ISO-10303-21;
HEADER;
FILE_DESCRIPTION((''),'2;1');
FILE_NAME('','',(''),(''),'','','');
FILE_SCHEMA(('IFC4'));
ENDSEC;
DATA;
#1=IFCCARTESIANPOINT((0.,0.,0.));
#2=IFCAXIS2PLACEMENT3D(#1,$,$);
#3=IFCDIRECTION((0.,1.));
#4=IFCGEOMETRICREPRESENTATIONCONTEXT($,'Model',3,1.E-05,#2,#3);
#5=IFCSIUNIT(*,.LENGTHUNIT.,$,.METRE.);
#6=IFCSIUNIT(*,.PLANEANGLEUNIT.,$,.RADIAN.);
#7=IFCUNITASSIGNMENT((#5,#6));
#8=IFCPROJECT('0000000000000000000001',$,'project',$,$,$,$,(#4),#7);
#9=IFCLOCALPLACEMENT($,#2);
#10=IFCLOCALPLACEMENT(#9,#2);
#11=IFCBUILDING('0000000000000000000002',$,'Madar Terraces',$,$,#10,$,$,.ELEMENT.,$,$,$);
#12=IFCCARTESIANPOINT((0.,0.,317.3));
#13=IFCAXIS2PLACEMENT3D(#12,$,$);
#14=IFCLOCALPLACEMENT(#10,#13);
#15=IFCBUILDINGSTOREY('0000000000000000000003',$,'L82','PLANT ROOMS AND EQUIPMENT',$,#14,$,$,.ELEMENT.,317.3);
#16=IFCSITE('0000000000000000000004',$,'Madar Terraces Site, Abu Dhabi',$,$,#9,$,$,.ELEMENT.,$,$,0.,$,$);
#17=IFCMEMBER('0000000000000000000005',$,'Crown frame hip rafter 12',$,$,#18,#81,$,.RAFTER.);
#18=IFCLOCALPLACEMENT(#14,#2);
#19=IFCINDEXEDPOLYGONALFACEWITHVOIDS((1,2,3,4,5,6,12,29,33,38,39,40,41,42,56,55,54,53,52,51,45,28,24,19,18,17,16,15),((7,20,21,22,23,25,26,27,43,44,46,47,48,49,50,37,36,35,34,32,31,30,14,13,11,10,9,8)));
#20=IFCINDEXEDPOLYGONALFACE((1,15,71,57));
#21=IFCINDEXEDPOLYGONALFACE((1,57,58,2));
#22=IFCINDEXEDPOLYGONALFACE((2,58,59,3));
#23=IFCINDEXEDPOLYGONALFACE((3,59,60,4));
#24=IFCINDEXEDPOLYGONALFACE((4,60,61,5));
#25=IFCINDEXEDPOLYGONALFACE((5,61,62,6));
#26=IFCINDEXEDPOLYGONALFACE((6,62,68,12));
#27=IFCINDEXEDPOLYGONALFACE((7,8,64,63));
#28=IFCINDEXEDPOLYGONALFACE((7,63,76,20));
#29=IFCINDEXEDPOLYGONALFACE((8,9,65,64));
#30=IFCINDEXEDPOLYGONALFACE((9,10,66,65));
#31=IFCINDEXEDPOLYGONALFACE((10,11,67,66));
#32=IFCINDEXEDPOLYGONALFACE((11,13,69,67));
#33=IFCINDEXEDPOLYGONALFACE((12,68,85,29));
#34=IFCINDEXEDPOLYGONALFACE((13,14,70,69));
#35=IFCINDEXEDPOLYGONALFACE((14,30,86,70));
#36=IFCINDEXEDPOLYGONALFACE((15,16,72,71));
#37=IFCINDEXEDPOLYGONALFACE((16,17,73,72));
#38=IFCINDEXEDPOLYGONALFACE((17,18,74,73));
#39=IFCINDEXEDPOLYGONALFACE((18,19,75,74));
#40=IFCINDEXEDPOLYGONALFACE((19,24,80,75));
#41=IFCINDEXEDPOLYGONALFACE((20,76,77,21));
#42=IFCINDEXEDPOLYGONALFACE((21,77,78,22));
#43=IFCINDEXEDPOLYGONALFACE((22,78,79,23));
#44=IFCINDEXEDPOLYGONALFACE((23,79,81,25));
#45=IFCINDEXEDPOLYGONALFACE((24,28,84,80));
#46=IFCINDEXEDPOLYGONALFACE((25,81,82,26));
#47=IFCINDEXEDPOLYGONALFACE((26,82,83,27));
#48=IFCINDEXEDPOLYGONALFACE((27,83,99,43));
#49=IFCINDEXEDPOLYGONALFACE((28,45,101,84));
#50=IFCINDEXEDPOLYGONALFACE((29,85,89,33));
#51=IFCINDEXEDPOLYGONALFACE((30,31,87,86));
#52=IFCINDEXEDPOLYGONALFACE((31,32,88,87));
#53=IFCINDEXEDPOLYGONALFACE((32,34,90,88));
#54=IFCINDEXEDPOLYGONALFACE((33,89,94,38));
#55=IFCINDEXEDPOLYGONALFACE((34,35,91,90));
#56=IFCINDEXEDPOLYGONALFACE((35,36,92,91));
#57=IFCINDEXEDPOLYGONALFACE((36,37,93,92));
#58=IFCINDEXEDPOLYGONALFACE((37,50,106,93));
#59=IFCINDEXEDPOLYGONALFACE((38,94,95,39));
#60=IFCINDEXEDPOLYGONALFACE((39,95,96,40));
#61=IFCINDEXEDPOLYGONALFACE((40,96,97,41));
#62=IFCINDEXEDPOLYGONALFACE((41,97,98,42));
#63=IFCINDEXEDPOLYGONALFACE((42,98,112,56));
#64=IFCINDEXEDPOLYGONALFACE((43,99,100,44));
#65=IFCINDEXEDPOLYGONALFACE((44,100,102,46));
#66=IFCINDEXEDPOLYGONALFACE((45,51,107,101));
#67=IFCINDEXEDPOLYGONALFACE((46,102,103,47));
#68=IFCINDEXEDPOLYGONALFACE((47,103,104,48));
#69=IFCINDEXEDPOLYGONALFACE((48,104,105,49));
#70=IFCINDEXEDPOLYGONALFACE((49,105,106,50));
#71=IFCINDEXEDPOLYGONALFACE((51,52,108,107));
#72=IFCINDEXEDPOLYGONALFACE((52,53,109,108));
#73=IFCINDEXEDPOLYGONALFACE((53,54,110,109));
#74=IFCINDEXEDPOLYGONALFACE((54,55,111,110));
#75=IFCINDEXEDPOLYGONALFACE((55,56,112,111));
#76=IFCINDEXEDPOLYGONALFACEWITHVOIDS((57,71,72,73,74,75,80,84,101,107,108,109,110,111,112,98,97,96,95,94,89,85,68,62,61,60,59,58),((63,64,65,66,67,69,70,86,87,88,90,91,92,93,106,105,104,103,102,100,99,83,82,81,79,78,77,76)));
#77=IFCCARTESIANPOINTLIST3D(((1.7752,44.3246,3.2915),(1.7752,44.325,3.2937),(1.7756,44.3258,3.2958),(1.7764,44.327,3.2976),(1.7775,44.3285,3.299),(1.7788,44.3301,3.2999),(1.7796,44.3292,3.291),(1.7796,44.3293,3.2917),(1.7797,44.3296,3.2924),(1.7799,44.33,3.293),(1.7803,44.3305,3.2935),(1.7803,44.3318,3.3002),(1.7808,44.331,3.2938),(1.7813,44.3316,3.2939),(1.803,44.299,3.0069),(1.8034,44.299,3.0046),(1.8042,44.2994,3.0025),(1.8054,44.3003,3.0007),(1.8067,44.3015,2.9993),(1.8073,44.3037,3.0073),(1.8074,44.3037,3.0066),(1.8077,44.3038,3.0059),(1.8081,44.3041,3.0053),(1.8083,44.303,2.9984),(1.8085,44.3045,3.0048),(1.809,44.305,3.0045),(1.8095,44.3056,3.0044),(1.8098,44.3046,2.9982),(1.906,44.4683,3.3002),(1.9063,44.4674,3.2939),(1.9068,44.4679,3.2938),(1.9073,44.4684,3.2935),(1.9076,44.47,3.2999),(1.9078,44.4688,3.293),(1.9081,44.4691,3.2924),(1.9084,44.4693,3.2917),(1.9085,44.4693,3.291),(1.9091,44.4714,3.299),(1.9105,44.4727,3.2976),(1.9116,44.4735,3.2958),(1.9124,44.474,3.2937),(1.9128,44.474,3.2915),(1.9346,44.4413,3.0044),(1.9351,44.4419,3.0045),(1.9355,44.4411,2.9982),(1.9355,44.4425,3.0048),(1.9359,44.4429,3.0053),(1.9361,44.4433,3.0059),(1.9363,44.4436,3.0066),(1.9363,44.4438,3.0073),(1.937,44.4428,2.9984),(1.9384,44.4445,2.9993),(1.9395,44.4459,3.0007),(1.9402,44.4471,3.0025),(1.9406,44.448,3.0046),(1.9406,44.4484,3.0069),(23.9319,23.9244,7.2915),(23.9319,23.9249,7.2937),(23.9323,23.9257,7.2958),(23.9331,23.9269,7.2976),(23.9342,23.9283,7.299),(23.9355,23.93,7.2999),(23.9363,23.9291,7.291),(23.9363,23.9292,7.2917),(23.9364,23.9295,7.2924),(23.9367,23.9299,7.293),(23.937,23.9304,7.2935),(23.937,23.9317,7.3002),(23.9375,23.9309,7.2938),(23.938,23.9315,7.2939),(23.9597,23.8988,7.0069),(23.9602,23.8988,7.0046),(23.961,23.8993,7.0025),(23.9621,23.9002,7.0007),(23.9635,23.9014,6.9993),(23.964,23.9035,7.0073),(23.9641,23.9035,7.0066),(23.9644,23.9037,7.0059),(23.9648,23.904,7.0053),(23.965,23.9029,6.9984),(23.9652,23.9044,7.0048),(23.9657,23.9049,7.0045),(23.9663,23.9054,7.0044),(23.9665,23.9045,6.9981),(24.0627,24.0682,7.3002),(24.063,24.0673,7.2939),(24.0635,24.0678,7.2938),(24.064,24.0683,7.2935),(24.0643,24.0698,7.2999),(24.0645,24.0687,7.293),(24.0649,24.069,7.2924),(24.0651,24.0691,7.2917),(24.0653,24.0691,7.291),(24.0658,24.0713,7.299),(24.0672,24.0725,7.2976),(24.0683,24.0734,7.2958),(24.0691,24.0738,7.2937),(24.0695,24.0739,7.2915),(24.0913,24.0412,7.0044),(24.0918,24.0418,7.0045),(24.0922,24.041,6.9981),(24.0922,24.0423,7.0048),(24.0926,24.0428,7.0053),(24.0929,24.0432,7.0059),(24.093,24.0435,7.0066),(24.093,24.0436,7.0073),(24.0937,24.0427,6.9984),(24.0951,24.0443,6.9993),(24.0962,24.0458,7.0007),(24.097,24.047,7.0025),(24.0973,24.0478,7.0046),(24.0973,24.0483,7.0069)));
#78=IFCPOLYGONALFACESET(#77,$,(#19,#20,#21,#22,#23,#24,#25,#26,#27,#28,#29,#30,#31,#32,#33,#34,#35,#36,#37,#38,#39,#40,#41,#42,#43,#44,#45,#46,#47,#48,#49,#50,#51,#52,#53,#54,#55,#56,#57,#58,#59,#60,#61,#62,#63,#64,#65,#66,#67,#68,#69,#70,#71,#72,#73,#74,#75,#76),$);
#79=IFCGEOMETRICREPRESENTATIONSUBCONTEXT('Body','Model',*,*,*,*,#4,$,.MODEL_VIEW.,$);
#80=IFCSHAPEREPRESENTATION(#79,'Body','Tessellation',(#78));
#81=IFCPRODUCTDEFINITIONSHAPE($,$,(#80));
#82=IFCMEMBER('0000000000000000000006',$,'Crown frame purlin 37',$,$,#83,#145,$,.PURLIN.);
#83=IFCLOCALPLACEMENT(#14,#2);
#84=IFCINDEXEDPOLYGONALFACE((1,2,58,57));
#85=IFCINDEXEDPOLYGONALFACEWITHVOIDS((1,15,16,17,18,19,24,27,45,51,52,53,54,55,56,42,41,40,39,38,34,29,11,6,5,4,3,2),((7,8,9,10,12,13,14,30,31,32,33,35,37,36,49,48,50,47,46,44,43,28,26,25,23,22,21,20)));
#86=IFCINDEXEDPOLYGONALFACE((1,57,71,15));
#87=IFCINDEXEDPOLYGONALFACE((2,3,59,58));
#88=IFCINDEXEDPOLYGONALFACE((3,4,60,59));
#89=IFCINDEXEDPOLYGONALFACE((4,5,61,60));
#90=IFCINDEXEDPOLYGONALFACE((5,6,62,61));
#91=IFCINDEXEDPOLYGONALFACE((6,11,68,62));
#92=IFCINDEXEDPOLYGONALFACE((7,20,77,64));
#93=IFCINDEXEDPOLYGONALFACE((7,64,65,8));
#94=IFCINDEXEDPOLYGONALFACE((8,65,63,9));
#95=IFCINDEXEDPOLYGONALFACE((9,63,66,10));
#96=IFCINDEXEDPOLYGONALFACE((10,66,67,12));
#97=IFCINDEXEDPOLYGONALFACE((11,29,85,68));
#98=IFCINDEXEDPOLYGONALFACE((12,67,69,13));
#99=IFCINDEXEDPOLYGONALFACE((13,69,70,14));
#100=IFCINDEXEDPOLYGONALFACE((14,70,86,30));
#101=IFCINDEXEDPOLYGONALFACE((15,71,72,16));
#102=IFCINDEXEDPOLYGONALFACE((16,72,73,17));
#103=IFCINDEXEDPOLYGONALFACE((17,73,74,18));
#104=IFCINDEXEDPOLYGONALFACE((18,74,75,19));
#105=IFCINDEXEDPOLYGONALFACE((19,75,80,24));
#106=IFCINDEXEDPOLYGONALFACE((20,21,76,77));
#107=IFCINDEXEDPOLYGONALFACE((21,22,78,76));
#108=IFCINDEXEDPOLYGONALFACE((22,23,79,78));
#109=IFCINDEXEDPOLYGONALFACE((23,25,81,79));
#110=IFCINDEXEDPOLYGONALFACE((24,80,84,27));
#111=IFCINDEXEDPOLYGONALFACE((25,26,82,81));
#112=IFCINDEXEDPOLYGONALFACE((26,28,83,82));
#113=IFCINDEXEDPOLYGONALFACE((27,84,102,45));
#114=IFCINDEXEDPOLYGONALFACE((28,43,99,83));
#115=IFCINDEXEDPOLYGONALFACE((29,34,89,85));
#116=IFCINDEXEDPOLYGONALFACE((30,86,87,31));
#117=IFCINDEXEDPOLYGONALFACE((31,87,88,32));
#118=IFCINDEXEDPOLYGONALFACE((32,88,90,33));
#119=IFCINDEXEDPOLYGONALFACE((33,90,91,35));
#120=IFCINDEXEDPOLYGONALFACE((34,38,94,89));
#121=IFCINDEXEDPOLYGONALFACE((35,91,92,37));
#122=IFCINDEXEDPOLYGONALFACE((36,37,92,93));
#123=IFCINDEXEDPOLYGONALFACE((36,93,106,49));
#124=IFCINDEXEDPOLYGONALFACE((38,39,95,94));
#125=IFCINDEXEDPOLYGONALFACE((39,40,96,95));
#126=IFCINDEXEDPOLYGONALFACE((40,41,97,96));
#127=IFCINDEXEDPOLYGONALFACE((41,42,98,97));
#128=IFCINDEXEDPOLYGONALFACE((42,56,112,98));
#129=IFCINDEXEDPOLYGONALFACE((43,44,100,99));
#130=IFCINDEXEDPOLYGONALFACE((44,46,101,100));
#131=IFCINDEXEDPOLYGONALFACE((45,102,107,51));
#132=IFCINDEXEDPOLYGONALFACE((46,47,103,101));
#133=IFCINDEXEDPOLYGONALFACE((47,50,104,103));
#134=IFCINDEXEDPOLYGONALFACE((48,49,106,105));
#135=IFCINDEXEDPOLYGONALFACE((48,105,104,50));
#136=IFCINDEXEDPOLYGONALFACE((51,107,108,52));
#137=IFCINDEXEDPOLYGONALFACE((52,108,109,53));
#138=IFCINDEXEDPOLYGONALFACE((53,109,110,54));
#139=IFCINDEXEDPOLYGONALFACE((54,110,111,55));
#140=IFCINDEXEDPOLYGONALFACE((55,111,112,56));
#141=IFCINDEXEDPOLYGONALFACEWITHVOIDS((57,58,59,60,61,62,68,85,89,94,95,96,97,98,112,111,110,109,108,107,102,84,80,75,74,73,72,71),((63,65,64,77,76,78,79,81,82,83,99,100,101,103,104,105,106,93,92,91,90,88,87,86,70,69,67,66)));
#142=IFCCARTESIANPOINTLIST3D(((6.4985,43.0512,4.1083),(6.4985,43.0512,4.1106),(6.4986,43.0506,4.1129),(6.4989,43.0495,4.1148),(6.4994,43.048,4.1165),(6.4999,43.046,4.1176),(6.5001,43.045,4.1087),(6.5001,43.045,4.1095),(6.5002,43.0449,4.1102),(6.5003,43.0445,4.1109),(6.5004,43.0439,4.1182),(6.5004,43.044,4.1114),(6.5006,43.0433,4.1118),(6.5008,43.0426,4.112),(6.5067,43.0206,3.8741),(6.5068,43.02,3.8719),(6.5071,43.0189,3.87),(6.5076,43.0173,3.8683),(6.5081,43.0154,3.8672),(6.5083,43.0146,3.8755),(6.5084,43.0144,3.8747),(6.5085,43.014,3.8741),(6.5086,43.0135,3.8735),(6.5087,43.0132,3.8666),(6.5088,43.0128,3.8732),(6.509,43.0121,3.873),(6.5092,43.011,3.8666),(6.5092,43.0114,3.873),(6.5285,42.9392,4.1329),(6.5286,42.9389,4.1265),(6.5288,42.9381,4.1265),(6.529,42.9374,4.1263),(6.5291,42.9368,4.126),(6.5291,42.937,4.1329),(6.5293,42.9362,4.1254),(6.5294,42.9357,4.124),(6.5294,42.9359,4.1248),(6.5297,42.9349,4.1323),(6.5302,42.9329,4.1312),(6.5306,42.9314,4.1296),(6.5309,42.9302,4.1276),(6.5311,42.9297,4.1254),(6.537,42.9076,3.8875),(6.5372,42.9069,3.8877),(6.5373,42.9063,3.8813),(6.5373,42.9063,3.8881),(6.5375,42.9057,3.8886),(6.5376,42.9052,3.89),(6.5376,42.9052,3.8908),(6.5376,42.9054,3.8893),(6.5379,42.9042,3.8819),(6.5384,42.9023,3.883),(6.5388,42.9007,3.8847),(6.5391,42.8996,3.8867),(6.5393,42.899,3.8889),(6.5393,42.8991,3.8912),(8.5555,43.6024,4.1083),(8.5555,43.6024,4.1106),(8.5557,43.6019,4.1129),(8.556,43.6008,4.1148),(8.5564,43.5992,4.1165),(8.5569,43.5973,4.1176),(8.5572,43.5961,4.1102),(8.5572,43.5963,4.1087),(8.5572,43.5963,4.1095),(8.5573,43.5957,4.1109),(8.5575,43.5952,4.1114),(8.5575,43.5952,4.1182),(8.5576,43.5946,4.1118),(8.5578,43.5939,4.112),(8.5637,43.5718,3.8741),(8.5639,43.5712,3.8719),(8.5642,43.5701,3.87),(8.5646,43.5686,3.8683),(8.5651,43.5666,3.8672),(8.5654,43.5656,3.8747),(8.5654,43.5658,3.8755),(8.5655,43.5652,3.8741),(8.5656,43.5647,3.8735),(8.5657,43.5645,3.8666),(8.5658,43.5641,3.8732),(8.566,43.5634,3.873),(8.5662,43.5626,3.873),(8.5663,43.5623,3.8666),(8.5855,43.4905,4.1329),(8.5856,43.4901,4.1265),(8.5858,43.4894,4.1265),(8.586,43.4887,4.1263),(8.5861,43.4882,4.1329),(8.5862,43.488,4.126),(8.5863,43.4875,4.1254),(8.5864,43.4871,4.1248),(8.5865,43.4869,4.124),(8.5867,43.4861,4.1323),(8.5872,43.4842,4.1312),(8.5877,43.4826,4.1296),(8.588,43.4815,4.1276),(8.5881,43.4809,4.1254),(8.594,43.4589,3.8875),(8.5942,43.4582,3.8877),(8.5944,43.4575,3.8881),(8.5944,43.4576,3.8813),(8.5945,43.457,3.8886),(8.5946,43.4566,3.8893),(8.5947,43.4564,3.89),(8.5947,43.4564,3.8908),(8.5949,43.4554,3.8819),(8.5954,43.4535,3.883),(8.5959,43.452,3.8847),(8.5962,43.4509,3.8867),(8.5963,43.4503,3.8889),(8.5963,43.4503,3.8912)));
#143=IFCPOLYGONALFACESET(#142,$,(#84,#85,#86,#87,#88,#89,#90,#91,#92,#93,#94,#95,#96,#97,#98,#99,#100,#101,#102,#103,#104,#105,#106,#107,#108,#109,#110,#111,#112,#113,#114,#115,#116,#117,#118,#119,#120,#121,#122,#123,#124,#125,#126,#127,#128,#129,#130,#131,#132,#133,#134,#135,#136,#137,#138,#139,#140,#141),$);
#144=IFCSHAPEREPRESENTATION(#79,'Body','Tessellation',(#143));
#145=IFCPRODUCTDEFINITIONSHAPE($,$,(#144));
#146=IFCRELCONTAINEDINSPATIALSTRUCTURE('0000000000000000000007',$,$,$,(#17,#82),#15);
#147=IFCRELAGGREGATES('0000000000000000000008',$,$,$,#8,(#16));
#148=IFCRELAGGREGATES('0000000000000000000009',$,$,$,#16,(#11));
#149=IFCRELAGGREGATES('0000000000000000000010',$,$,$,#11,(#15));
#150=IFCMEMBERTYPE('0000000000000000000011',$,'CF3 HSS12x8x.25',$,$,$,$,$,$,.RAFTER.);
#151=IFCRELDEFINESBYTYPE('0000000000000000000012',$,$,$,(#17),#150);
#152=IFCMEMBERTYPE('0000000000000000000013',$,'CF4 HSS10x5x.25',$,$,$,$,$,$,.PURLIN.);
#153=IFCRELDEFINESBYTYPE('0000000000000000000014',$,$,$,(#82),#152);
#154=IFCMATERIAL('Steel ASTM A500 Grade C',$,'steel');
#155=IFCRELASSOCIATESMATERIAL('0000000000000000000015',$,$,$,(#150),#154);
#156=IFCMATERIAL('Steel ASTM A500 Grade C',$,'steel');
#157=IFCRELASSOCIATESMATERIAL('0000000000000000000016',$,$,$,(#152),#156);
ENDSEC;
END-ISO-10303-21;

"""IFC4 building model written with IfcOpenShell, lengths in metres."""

from ifc_helpers import new_model, si_unit, direction, frame, origin, origin_2d, place, context, subcontext, project, spatial, hollow_rectangle, extrude, material, material_profile, profile_set, type_object, element, save


model = new_model("IFC4")

# Units and contexts
model_context = context("Model", 3, precision=1e-05, world=origin(), true_north=direction((0.0, 1.0)))
body_context = subcontext(model_context, "Body", "Model", "MODEL_VIEW")
ifc_project = project(units=[si_unit("LENGTHUNIT", "METRE"), si_unit("PLANEANGLEUNIT", "RADIAN")], contexts=[model_context])

# Site, building, storey
site_placement = place(None, origin())
site = spatial("IfcSite", under=ifc_project, at=site_placement, Name="Madar Terraces Site, Abu Dhabi", CompositionType="ELEMENT", RefElevation=0.0)
building_placement = place(site_placement, origin())
building = spatial("IfcBuilding", under=site, at=building_placement, Name="Madar Terraces", CompositionType="ELEMENT")
storey_placement = place(building_placement, frame((0.0, 0.0, 317.3)))
storey = spatial("IfcBuildingStorey", under=building, at=storey_placement, Name="L82", Description="PLANT ROOMS AND EQUIPMENT", CompositionType="ELEMENT", Elevation=317.3)

# Members
ifc_material_1 = material(Name="Steel ASTM A500 Grade C", Category="steel")
ifc_material_profile_1 = material_profile(ifc_material_1, hollow_rectangle(XDim=0.2031, YDim=0.3047, WallThickness=0.0063, InnerFilletRadius=0.0029, OuterFilletRadius=0.0088, at=origin_2d()), Name="HSS12x8x.25")
ifc_profile_set_1 = profile_set([ifc_material_profile_1], Name="Steel ASTM A500 Grade C")
member_type_1 = type_object("IfcMemberType", Name="CF3 HSS12x8x.25", PredefinedType="RAFTER", material=ifc_profile_set_1)
for number, where, z_axis, x_axis, name in (
    (1, (1.8579, 44.3865, 3.1492), (0.729264, -0.671447, 0.131655), (0.677343, 0.735667, 0.0), "Crown frame hip rafter 12"),
):
    element("IfcMember", number, at=place(storey_placement, frame(where, z_axis=z_axis, x_axis=x_axis)), inside=storey, type_object=member_type_1, Name=name, PredefinedType="RAFTER", context=body_context, shape_type="SweptSolid", body=[
        extrude(hollow_rectangle(XDim=0.2031, YDim=0.3047, WallThickness=0.0063, InnerFilletRadius=0.0029, OuterFilletRadius=0.0088, at=origin_2d()), origin(), (0.0, 0.0, 1.0), 30.3823),
    ])
ifc_material_2 = material(Name="Steel ASTM A500 Grade C", Category="steel")
ifc_material_profile_2 = material_profile(ifc_material_2, hollow_rectangle(XDim=0.127, YDim=0.2539, WallThickness=0.0063, InnerFilletRadius=0.0029, OuterFilletRadius=0.0088, at=origin_2d()), Name="HSS10x5x.25")
ifc_profile_set_2 = profile_set([ifc_material_profile_2], Name="Steel ASTM A500 Grade C")
member_type_2 = type_object("IfcMemberType", Name="CF4 HSS10x5x.25", PredefinedType="PURLIN", material=ifc_profile_set_2)
for number, where, z_axis, x_axis, name in (
    (2, (8.5759, 43.5264, 3.9998), (-0.965918, -0.258847, 0.0), (0.256509, -0.957196, 0.134086), "Crown frame purlin 37"),
):
    element("IfcMember", number, at=place(storey_placement, frame(where, z_axis=z_axis, x_axis=x_axis)), inside=storey, type_object=member_type_2, Name=name, PredefinedType="PURLIN", context=body_context, shape_type="SweptSolid", body=[
        extrude(hollow_rectangle(XDim=0.127, YDim=0.2539, WallThickness=0.0063, InnerFilletRadius=0.0029, OuterFilletRadius=0.0088, at=origin_2d()), origin(), (0.0, 0.0, 1.0), 2.1296),
    ])

save(model, "model.ifc")
